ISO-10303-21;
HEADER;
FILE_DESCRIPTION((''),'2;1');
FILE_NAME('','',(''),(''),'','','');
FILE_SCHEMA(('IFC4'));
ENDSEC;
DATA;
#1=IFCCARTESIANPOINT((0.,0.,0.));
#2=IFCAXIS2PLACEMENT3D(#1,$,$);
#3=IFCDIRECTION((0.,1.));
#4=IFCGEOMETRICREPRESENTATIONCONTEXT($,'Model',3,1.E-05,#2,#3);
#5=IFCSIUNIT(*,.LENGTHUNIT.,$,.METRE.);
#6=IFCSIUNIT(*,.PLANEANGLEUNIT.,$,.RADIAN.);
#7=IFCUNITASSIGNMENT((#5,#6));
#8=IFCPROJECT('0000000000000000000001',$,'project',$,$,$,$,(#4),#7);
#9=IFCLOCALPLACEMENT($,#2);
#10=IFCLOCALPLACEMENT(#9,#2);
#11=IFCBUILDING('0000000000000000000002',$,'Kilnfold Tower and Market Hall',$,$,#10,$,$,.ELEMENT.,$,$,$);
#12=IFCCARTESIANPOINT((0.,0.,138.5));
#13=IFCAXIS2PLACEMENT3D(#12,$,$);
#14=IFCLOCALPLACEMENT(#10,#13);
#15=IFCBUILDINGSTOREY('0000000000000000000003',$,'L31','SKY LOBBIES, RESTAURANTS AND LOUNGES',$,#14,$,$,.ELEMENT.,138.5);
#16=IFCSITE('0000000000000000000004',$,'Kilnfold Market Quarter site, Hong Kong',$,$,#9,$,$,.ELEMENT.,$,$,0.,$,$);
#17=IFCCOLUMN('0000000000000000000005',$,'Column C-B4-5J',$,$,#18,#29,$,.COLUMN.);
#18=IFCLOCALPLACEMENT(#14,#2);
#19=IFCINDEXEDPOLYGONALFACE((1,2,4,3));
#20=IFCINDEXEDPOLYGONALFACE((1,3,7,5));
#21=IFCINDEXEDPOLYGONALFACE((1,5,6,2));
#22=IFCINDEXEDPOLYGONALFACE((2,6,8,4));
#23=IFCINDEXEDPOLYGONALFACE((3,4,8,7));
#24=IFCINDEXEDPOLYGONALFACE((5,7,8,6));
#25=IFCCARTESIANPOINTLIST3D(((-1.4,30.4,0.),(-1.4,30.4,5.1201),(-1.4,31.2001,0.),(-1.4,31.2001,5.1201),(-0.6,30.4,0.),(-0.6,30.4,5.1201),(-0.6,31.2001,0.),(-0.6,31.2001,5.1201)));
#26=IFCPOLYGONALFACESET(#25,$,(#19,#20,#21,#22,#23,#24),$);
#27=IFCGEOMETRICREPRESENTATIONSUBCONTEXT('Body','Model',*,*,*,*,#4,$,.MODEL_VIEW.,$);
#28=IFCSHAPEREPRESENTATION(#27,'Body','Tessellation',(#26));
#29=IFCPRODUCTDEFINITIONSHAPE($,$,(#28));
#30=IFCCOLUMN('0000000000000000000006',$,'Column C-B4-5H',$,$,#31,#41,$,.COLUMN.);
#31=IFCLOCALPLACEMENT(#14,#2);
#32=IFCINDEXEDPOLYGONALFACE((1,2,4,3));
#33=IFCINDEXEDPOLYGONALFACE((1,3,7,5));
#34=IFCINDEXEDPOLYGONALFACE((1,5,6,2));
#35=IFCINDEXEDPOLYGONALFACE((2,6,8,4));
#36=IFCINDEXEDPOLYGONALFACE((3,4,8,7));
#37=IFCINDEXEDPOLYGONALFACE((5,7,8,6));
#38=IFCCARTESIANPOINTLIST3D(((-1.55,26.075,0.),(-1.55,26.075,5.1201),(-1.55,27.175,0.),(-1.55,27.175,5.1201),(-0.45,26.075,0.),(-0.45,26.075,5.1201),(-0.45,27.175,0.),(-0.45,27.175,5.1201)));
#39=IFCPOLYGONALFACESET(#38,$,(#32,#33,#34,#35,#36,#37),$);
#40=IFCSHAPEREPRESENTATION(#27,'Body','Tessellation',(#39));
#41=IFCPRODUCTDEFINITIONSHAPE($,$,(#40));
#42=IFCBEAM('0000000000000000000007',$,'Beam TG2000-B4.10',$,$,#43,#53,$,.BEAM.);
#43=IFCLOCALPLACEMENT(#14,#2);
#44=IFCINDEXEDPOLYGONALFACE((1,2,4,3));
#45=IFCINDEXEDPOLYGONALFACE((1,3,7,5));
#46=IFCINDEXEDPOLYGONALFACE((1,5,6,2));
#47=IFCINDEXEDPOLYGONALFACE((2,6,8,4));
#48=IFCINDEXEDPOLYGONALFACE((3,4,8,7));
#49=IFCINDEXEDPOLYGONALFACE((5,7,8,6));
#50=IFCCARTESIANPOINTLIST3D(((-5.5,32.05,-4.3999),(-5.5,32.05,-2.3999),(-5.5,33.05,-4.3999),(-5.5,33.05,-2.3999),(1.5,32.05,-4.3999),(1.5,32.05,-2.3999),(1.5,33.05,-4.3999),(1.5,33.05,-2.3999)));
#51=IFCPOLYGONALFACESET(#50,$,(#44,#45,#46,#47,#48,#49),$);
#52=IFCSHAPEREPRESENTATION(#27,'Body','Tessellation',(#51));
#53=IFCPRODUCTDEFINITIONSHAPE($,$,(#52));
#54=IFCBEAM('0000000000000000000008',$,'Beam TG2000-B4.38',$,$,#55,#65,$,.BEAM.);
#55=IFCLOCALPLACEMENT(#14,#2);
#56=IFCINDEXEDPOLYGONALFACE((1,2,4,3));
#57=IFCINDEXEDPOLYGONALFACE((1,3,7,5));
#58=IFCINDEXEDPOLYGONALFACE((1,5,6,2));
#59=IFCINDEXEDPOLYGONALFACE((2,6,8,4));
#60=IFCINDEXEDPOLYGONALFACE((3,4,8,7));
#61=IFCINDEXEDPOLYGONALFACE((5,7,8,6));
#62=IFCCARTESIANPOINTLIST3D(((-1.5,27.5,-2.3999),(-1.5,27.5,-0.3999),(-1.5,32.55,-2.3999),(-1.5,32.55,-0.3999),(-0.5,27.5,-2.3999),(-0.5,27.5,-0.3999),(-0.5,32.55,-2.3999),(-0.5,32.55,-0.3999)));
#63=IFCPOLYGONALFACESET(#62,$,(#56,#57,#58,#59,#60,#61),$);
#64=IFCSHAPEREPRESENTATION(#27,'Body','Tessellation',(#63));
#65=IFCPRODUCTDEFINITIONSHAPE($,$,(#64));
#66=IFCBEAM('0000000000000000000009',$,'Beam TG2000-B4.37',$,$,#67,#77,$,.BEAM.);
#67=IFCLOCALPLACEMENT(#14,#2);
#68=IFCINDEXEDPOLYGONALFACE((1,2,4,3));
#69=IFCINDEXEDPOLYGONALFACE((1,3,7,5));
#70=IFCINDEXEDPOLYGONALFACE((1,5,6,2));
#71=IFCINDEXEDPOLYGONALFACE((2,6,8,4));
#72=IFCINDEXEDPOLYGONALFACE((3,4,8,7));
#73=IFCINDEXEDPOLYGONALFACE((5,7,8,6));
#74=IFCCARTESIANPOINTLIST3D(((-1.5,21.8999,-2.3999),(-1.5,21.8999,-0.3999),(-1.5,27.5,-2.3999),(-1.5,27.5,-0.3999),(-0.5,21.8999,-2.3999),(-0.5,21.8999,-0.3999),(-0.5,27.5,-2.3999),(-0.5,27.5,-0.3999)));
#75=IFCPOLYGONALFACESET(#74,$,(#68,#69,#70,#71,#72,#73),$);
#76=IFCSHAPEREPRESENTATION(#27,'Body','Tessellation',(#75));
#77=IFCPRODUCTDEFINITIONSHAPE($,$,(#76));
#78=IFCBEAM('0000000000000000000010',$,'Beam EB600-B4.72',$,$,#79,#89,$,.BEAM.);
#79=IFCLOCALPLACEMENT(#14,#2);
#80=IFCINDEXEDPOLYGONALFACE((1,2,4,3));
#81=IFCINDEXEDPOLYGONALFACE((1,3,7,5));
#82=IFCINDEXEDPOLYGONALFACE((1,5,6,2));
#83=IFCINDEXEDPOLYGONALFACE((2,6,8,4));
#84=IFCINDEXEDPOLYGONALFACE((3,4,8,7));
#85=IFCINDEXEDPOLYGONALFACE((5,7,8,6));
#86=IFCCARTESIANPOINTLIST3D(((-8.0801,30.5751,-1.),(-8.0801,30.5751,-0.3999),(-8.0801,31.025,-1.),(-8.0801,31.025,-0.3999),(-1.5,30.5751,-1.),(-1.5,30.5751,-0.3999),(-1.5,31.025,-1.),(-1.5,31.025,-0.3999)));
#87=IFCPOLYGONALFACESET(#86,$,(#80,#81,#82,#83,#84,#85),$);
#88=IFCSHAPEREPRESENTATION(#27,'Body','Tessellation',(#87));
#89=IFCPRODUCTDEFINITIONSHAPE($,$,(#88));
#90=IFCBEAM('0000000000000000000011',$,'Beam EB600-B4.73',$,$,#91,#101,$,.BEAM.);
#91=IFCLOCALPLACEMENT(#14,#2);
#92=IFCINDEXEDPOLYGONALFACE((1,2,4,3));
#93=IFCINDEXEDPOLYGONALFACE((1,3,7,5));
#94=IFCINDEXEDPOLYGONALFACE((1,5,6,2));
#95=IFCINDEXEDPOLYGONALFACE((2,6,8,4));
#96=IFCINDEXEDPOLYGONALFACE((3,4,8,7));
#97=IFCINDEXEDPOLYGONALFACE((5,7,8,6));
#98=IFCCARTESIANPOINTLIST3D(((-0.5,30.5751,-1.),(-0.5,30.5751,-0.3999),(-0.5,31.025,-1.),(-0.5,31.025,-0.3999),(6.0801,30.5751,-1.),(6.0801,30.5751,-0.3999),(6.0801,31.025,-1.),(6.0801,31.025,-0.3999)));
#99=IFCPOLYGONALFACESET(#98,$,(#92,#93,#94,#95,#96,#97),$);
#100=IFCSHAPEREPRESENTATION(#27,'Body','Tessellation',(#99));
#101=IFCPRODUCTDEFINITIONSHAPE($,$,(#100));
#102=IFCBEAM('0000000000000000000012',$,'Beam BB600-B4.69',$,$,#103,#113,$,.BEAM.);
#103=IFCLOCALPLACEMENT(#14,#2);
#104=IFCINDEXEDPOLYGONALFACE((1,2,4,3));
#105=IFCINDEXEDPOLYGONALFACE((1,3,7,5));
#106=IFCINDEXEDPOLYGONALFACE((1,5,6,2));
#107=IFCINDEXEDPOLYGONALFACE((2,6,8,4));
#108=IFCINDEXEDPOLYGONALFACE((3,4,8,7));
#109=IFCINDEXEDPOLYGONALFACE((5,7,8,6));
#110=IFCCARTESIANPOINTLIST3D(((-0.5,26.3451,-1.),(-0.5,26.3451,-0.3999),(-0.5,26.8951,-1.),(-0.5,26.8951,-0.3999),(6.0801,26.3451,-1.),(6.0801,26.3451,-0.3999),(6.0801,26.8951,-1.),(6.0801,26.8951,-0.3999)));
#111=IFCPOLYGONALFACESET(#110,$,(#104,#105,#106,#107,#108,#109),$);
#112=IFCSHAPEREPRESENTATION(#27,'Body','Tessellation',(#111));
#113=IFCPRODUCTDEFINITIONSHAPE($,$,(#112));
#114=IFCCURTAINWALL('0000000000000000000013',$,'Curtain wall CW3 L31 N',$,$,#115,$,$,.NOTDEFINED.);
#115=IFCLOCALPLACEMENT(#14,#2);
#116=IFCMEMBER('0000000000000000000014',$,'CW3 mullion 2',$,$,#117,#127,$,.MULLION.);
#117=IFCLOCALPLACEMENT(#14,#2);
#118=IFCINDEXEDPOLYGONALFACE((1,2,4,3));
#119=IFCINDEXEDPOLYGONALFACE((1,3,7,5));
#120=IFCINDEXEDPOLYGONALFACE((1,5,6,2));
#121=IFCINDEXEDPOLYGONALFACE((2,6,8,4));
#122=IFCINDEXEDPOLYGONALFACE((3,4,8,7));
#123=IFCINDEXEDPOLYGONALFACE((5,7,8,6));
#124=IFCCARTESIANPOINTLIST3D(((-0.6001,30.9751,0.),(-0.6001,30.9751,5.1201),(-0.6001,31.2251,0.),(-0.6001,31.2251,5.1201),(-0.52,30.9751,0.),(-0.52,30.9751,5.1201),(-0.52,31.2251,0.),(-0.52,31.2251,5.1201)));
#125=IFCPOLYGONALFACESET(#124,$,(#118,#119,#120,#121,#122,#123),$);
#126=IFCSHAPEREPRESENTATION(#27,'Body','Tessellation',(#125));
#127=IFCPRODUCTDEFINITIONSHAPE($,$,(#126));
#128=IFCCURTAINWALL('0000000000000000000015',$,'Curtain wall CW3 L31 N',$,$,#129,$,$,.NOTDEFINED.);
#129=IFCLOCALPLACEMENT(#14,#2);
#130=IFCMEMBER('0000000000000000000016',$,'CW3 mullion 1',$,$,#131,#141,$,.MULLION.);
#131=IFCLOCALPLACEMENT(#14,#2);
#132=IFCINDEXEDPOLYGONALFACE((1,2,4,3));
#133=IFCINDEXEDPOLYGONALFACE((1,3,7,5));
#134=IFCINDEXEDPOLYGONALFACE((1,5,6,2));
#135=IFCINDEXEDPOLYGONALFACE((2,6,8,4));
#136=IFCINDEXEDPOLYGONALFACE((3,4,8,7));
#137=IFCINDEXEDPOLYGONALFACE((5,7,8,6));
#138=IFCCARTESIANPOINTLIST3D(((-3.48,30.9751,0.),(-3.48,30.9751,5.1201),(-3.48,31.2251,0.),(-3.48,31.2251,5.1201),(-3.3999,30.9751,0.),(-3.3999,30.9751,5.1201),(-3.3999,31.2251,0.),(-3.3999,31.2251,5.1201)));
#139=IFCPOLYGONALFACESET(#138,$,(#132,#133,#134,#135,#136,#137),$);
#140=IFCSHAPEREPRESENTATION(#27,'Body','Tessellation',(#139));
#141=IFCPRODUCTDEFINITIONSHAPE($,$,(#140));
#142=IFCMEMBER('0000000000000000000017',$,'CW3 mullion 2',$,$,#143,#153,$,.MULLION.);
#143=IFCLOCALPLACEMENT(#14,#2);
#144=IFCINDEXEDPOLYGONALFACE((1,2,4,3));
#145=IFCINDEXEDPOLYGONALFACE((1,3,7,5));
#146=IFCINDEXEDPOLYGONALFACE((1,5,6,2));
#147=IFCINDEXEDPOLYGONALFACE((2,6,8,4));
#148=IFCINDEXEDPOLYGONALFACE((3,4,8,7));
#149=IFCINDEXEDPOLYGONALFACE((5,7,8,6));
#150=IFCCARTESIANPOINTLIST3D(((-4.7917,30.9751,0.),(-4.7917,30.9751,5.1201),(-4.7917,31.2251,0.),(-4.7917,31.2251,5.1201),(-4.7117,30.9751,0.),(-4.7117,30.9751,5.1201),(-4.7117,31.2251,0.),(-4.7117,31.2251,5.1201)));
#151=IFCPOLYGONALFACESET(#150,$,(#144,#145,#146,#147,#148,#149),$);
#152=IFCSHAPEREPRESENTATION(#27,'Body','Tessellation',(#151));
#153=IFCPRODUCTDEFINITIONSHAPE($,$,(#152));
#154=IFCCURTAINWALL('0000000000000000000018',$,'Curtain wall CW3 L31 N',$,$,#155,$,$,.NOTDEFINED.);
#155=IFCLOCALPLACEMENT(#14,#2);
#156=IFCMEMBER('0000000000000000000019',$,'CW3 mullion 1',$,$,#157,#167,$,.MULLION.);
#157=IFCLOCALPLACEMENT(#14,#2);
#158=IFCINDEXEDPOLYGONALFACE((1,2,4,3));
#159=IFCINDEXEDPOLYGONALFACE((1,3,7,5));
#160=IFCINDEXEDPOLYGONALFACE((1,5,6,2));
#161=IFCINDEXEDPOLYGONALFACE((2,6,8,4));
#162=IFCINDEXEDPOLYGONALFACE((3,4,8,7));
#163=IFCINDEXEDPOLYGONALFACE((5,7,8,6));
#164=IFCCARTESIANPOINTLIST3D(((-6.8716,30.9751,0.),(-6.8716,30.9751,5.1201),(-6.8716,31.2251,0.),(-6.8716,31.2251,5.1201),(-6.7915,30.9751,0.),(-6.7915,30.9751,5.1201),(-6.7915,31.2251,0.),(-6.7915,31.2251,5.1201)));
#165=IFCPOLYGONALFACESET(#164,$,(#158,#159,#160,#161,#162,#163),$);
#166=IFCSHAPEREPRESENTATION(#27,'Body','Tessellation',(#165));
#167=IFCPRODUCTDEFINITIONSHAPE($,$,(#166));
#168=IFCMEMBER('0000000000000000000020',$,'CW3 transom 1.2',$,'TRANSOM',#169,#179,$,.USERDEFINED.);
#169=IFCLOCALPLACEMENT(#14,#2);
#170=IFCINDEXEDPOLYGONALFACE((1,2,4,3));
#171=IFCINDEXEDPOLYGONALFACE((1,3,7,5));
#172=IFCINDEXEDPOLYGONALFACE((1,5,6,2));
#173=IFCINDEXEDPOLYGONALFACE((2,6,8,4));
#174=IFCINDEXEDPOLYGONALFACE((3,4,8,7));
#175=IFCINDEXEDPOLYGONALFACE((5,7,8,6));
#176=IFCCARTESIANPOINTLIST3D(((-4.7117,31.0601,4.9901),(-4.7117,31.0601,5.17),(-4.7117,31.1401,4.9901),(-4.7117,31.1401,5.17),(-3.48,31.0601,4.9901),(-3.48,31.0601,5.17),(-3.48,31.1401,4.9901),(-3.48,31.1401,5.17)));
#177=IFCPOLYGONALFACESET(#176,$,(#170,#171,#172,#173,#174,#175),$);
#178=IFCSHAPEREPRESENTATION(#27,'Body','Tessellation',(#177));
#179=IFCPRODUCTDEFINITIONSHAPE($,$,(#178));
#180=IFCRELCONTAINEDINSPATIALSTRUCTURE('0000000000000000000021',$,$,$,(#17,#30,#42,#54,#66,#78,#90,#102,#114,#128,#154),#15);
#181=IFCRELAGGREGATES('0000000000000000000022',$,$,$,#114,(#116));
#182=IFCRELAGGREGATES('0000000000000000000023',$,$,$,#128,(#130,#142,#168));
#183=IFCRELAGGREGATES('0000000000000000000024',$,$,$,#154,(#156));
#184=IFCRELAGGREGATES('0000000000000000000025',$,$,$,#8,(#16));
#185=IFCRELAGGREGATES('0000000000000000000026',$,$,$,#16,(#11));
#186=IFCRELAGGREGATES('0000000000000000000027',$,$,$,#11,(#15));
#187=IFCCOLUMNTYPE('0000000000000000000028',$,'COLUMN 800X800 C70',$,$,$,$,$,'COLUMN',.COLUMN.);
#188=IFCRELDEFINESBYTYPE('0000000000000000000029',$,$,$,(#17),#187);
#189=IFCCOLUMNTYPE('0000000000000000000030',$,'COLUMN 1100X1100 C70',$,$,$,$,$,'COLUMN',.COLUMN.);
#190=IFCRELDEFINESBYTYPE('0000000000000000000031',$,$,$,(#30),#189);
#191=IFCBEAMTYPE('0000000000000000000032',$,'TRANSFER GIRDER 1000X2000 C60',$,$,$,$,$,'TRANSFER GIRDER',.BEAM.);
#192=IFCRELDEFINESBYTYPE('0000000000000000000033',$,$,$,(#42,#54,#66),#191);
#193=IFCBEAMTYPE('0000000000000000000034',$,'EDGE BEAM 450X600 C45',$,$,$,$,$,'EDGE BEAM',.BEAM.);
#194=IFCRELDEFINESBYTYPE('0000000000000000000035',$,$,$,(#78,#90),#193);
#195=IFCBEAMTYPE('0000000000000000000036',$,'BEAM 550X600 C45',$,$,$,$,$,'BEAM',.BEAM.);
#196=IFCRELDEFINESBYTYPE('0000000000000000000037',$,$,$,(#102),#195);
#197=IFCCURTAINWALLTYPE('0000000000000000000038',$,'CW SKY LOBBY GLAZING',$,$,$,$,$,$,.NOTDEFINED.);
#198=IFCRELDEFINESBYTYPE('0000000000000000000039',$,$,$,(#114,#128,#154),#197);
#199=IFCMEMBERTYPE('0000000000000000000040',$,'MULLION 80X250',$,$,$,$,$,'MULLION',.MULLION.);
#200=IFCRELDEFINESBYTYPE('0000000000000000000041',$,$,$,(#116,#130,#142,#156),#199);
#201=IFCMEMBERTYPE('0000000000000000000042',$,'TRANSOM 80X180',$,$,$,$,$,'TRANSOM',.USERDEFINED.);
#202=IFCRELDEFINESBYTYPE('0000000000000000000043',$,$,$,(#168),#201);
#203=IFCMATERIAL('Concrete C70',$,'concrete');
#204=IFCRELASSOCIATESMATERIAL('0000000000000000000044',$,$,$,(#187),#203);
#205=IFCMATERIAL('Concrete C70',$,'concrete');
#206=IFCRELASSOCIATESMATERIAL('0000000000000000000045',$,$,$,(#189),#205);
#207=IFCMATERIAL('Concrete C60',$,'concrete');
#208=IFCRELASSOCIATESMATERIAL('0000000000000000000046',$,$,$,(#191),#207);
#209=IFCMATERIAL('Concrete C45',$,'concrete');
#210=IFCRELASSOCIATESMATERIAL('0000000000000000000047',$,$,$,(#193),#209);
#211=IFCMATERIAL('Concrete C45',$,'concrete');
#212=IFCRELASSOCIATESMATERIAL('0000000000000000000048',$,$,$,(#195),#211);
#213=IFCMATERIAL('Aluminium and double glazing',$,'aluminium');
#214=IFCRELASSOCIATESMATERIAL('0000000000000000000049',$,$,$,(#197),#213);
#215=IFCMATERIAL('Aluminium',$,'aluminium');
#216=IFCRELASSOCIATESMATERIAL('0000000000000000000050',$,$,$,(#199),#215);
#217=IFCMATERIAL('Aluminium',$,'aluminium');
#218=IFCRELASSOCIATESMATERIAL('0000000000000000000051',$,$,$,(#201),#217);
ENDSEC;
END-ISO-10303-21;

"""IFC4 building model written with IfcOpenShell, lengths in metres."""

from ifc_helpers import new_model, si_unit, direction, frame, origin, origin_2d, place, context, subcontext, project, spatial, rectangle, extrude, source, transform, mapped, material, material_profile, profile_set, type_object, element, aggregate, save


model = new_model("IFC4")

# Units and contexts
model_context = context("Model", 3, precision=1e-05, world=origin(), true_north=direction((0.0, 1.0)))
body_context = subcontext(model_context, "Body", "Model", "MODEL_VIEW")
ifc_project = project(units=[si_unit("LENGTHUNIT", "METRE"), si_unit("PLANEANGLEUNIT", "RADIAN")], contexts=[model_context])

# Site, building, storey
site_placement = place(None, origin())
site = spatial("IfcSite", under=ifc_project, at=site_placement, Name="Kilnfold Market Quarter site, Hong Kong", CompositionType="ELEMENT", RefElevation=0.0)
building_placement = place(site_placement, origin())
building = spatial("IfcBuilding", under=site, at=building_placement, Name="Kilnfold Tower and Market Hall", CompositionType="ELEMENT")
storey_placement = place(building_placement, frame((0.0, 0.0, 138.5)))
storey = spatial("IfcBuildingStorey", under=building, at=storey_placement, Name="L31", Description="SKY LOBBIES, RESTAURANTS AND LOUNGES", CompositionType="ELEMENT", Elevation=138.5)

# Columns
ifc_material_1 = material(Name="Concrete C70", Category="concrete")
ifc_material_profile_1 = material_profile(ifc_material_1, rectangle(XDim=0.8, YDim=0.8, at=origin_2d()), Name="RC 800x800")
ifc_profile_set_1 = profile_set([ifc_material_profile_1], Name="Concrete C70")
column_type_1 = type_object("IfcColumnType", Name="COLUMN 800X800 C70", ElementType="COLUMN", PredefinedType="COLUMN", material=ifc_profile_set_1)
shared_shape_1 = source(origin(), body_context, "Body", "SweptSolid", [
    extrude(rectangle(XDim=0.8, YDim=0.8, at=origin_2d()), origin(), (0.0, 0.0, 1.0), 5.1201),
])
column_1_placement = place(storey_placement, frame((-1.0, 30.8, 0.0), z_axis=(0.0, 0.0, 1.0), x_axis=(1.0, 0.0, 0.0)))
element("IfcColumn", 1, at=column_1_placement, inside=storey, type_object=column_type_1, Name="Column C-B4-5J", PredefinedType="COLUMN", context=body_context, shape_type="MappedRepresentation", body=[
    mapped(shared_shape_1, transform((0.0, 0.0, 0.0))),
])
ifc_material_2 = material(Name="Concrete C70", Category="concrete")
ifc_material_profile_2 = material_profile(ifc_material_2, rectangle(XDim=1.1001, YDim=1.1001, at=origin_2d()), Name="RC 1100x1100")
ifc_profile_set_2 = profile_set([ifc_material_profile_2], Name="Concrete C70")
column_type_2 = type_object("IfcColumnType", Name="COLUMN 1100X1100 C70", ElementType="COLUMN", PredefinedType="COLUMN", material=ifc_profile_set_2)
shared_shape_2 = source(origin(), body_context, "Body", "SweptSolid", [
    extrude(rectangle(XDim=1.1001, YDim=1.1001, at=origin_2d()), origin(), (0.0, 0.0, 1.0), 5.1201),
])
column_2_placement = place(storey_placement, frame((-1.0, 26.625, 0.0), z_axis=(0.0, 0.0, 1.0), x_axis=(1.0, 0.0, 0.0)))
element("IfcColumn", 2, at=column_2_placement, inside=storey, type_object=column_type_2, Name="Column C-B4-5H", PredefinedType="COLUMN", context=body_context, shape_type="MappedRepresentation", body=[
    mapped(shared_shape_2, transform((0.0, 0.0, 0.0))),
])

# Beams
ifc_material_3 = material(Name="Concrete C60", Category="concrete")
ifc_material_profile_3 = material_profile(ifc_material_3, rectangle(XDim=1.0, YDim=2.0, at=origin_2d()), Name="RC 1000x2000")
ifc_profile_set_3 = profile_set([ifc_material_profile_3], Name="Concrete C60")
beam_type_1 = type_object("IfcBeamType", Name="TRANSFER GIRDER 1000X2000 C60", ElementType="TRANSFER GIRDER", PredefinedType="BEAM", material=ifc_profile_set_3)
shared_shape_3 = source(origin(), body_context, "Body", "SweptSolid", [
    extrude(rectangle(XDim=1.0, YDim=2.0, at=origin_2d()), origin(), (0.0, 0.0, 1.0), 7.0),
])
beam_1_placement = place(storey_placement, frame((-5.5, 32.55, -3.3999), z_axis=(1.0, 0.0, 0.0), x_axis=(0.0, 1.0, 0.0)))
element("IfcBeam", 3, at=beam_1_placement, inside=storey, type_object=beam_type_1, Name="Beam TG2000-B4.10", PredefinedType="BEAM", context=body_context, shape_type="MappedRepresentation", body=[
    mapped(shared_shape_3, transform((0.0, 0.0, 0.0))),
])
shared_shape_4 = source(origin(), body_context, "Body", "SweptSolid", [
    extrude(rectangle(XDim=1.0, YDim=2.0, at=origin_2d()), origin(), (0.0, 0.0, 1.0), 5.05),
])
beam_2_placement = place(storey_placement, frame((-1.0, 27.5, -1.3999), z_axis=(0.0, 1.0, 0.0), x_axis=(-1.0, 0.0, 0.0)))
element("IfcBeam", 4, at=beam_2_placement, inside=storey, type_object=beam_type_1, Name="Beam TG2000-B4.38", PredefinedType="BEAM", context=body_context, shape_type="MappedRepresentation", body=[
    mapped(shared_shape_4, transform((0.0, 0.0, 0.0))),
])
shared_shape_5 = source(origin(), body_context, "Body", "SweptSolid", [
    extrude(rectangle(XDim=1.0, YDim=2.0, at=origin_2d()), origin(), (0.0, 0.0, 1.0), 5.6001),
])
beam_3_placement = place(storey_placement, frame((-1.0, 21.8999, -1.3999), z_axis=(0.0, 1.0, 0.0), x_axis=(-1.0, 0.0, 0.0)))
element("IfcBeam", 5, at=beam_3_placement, inside=storey, type_object=beam_type_1, Name="Beam TG2000-B4.37", PredefinedType="BEAM", context=body_context, shape_type="MappedRepresentation", body=[
    mapped(shared_shape_5, transform((0.0, 0.0, 0.0))),
])
ifc_material_4 = material(Name="Concrete C45", Category="concrete")
ifc_material_profile_4 = material_profile(ifc_material_4, rectangle(XDim=0.45, YDim=0.6001, at=origin_2d()), Name="RC 450x600")
ifc_profile_set_4 = profile_set([ifc_material_profile_4], Name="Concrete C45")
beam_type_2 = type_object("IfcBeamType", Name="EDGE BEAM 450X600 C45", ElementType="EDGE BEAM", PredefinedType="BEAM", material=ifc_profile_set_4)
shared_shape_6 = source(origin(), body_context, "Body", "SweptSolid", [
    extrude(rectangle(XDim=0.45, YDim=0.6001, at=origin_2d()), origin(), (0.0, 0.0, 1.0), 6.5801),
])
for number, where, z_axis, x_axis, name in (
    (6, (-8.0801, 30.8, -0.7), (1.0, 0.0, 0.0), (0.0, 1.0, 0.0), "Beam EB600-B4.72"),
    (7, (-0.5, 30.8, -0.7), (1.0, 0.0, 0.0), (0.0, 1.0, 0.0), "Beam EB600-B4.73"),
):
    element("IfcBeam", number, at=place(storey_placement, frame(where, z_axis=z_axis, x_axis=x_axis)), inside=storey, type_object=beam_type_2, Name=name, PredefinedType="BEAM", context=body_context, shape_type="MappedRepresentation", body=[
        mapped(shared_shape_6, transform((0.0, 0.0, 0.0))),
    ])
ifc_material_5 = material(Name="Concrete C45", Category="concrete")
ifc_material_profile_5 = material_profile(ifc_material_5, rectangle(XDim=0.55, YDim=0.6001, at=origin_2d()), Name="RC 550x600")
ifc_profile_set_5 = profile_set([ifc_material_profile_5], Name="Concrete C45")
beam_type_3 = type_object("IfcBeamType", Name="BEAM 550X600 C45", ElementType="BEAM", PredefinedType="BEAM", material=ifc_profile_set_5)
shared_shape_7 = source(origin(), body_context, "Body", "SweptSolid", [
    extrude(rectangle(XDim=0.55, YDim=0.6001, at=origin_2d()), origin(), (0.0, 0.0, 1.0), 6.5801),
])
beam_4_placement = place(storey_placement, frame((-0.5, 26.6201, -0.7), z_axis=(1.0, 0.0, 0.0), x_axis=(0.0, 1.0, 0.0)))
element("IfcBeam", 8, at=beam_4_placement, inside=storey, type_object=beam_type_3, Name="Beam BB600-B4.69", PredefinedType="BEAM", context=body_context, shape_type="MappedRepresentation", body=[
    mapped(shared_shape_7, transform((0.0, 0.0, 0.0))),
])

# Curtain wall, member
ifc_material_6 = material(Name="Aluminium and double glazing", Category="aluminium")
curtain_wall_type = type_object("IfcCurtainWallType", Name="CW SKY LOBBY GLAZING", PredefinedType="NOTDEFINED", material=ifc_material_6)
curtain_wall_1_placement = place(storey_placement, origin())
curtain_wall_1 = element("IfcCurtainWall", 9, at=curtain_wall_1_placement, inside=storey, type_object=curtain_wall_type, Name="Curtain wall CW3 L31 N", PredefinedType="NOTDEFINED")
ifc_material_7 = material(Name="Aluminium", Category="aluminium")
ifc_material_profile_6 = material_profile(ifc_material_7, rectangle(XDim=0.0801, YDim=0.25, at=origin_2d()), Name="MULLION 80x250")
ifc_profile_set_6 = profile_set([ifc_material_profile_6], Name="Aluminium")
member_type_1 = type_object("IfcMemberType", Name="MULLION 80X250", ElementType="MULLION", PredefinedType="MULLION", material=ifc_profile_set_6)
shared_shape_8 = source(origin(), body_context, "Body", "SweptSolid", [
    extrude(rectangle(XDim=0.0801, YDim=0.25, at=origin_2d()), origin(), (0.0, 0.0, 1.0), 5.1201),
])
member_1_placement = place(storey_placement, frame((-0.5601, 31.1001, 0.0), z_axis=(0.0, 0.0, 1.0), x_axis=(-1.0, 0.0, 0.0)))
member_1 = element("IfcMember", 10, at=member_1_placement, type_object=member_type_1, Name="CW3 mullion 2", PredefinedType="MULLION", context=body_context, shape_type="MappedRepresentation", body=[
    mapped(shared_shape_8, transform((0.0, 0.0, 0.0))),
])

# Curtain wall, members
curtain_wall_2_placement = place(storey_placement, origin())
curtain_wall_2 = element("IfcCurtainWall", 11, at=curtain_wall_2_placement, inside=storey, type_object=curtain_wall_type, Name="Curtain wall CW3 L31 N", PredefinedType="NOTDEFINED")
member_2_placement = place(storey_placement, frame((-3.4399, 31.1001, 0.0), z_axis=(0.0, 0.0, 1.0), x_axis=(-1.0, 0.0, 0.0)))
member_2 = element("IfcMember", 12, at=member_2_placement, type_object=member_type_1, Name="CW3 mullion 1", PredefinedType="MULLION", context=body_context, shape_type="MappedRepresentation", body=[
    mapped(shared_shape_8, transform((0.0, 0.0, 0.0))),
])
member_3_placement = place(storey_placement, frame((-4.7517, 31.1001, 0.0), z_axis=(0.0, 0.0, 1.0), x_axis=(-1.0, 0.0, 0.0)))
member_3 = element("IfcMember", 13, at=member_3_placement, type_object=member_type_1, Name="CW3 mullion 2", PredefinedType="MULLION", context=body_context, shape_type="MappedRepresentation", body=[
    mapped(shared_shape_8, transform((0.0, 0.0, 0.0))),
])

# Curtain wall, member
curtain_wall_3_placement = place(storey_placement, origin())
curtain_wall_3 = element("IfcCurtainWall", 14, at=curtain_wall_3_placement, inside=storey, type_object=curtain_wall_type, Name="Curtain wall CW3 L31 N", PredefinedType="NOTDEFINED")
member_4_placement = place(storey_placement, frame((-6.8315, 31.1001, 0.0), z_axis=(0.0, 0.0, 1.0), x_axis=(-1.0, 0.0, 0.0)))
member_4 = element("IfcMember", 15, at=member_4_placement, type_object=member_type_1, Name="CW3 mullion 1", PredefinedType="MULLION", context=body_context, shape_type="MappedRepresentation", body=[
    mapped(shared_shape_8, transform((0.0, 0.0, 0.0))),
])

# Member
ifc_material_8 = material(Name="Aluminium", Category="aluminium")
ifc_material_profile_7 = material_profile(ifc_material_8, rectangle(XDim=0.0801, YDim=0.1799, at=origin_2d()), Name="TRANSOM 80x180")
ifc_profile_set_7 = profile_set([ifc_material_profile_7], Name="Aluminium")
member_type_2 = type_object("IfcMemberType", Name="TRANSOM 80X180", ElementType="TRANSOM", PredefinedType="USERDEFINED", material=ifc_profile_set_7)
shared_shape_9 = source(origin(), body_context, "Body", "SweptSolid", [
    extrude(rectangle(XDim=0.0801, YDim=0.1799, at=origin_2d()), origin(), (0.0, 0.0, 1.0), 1.2317),
])
member_5_placement = place(storey_placement, frame((-3.48, 31.1001, 5.0801), z_axis=(-1.0, 0.0, 0.0), x_axis=(0.0, -1.0, 0.0)))
member_5 = element("IfcMember", 16, at=member_5_placement, type_object=member_type_2, Name="CW3 transom 1.2", ObjectType="TRANSOM", PredefinedType="USERDEFINED", context=body_context, shape_type="MappedRepresentation", body=[
    mapped(shared_shape_9, transform((0.0, 0.0, 0.0))),
])

aggregate(curtain_wall_1, [member_1])
aggregate(curtain_wall_2, [member_2, member_3, member_5])
aggregate(curtain_wall_3, [member_4])

save(model, "model.ifc")
